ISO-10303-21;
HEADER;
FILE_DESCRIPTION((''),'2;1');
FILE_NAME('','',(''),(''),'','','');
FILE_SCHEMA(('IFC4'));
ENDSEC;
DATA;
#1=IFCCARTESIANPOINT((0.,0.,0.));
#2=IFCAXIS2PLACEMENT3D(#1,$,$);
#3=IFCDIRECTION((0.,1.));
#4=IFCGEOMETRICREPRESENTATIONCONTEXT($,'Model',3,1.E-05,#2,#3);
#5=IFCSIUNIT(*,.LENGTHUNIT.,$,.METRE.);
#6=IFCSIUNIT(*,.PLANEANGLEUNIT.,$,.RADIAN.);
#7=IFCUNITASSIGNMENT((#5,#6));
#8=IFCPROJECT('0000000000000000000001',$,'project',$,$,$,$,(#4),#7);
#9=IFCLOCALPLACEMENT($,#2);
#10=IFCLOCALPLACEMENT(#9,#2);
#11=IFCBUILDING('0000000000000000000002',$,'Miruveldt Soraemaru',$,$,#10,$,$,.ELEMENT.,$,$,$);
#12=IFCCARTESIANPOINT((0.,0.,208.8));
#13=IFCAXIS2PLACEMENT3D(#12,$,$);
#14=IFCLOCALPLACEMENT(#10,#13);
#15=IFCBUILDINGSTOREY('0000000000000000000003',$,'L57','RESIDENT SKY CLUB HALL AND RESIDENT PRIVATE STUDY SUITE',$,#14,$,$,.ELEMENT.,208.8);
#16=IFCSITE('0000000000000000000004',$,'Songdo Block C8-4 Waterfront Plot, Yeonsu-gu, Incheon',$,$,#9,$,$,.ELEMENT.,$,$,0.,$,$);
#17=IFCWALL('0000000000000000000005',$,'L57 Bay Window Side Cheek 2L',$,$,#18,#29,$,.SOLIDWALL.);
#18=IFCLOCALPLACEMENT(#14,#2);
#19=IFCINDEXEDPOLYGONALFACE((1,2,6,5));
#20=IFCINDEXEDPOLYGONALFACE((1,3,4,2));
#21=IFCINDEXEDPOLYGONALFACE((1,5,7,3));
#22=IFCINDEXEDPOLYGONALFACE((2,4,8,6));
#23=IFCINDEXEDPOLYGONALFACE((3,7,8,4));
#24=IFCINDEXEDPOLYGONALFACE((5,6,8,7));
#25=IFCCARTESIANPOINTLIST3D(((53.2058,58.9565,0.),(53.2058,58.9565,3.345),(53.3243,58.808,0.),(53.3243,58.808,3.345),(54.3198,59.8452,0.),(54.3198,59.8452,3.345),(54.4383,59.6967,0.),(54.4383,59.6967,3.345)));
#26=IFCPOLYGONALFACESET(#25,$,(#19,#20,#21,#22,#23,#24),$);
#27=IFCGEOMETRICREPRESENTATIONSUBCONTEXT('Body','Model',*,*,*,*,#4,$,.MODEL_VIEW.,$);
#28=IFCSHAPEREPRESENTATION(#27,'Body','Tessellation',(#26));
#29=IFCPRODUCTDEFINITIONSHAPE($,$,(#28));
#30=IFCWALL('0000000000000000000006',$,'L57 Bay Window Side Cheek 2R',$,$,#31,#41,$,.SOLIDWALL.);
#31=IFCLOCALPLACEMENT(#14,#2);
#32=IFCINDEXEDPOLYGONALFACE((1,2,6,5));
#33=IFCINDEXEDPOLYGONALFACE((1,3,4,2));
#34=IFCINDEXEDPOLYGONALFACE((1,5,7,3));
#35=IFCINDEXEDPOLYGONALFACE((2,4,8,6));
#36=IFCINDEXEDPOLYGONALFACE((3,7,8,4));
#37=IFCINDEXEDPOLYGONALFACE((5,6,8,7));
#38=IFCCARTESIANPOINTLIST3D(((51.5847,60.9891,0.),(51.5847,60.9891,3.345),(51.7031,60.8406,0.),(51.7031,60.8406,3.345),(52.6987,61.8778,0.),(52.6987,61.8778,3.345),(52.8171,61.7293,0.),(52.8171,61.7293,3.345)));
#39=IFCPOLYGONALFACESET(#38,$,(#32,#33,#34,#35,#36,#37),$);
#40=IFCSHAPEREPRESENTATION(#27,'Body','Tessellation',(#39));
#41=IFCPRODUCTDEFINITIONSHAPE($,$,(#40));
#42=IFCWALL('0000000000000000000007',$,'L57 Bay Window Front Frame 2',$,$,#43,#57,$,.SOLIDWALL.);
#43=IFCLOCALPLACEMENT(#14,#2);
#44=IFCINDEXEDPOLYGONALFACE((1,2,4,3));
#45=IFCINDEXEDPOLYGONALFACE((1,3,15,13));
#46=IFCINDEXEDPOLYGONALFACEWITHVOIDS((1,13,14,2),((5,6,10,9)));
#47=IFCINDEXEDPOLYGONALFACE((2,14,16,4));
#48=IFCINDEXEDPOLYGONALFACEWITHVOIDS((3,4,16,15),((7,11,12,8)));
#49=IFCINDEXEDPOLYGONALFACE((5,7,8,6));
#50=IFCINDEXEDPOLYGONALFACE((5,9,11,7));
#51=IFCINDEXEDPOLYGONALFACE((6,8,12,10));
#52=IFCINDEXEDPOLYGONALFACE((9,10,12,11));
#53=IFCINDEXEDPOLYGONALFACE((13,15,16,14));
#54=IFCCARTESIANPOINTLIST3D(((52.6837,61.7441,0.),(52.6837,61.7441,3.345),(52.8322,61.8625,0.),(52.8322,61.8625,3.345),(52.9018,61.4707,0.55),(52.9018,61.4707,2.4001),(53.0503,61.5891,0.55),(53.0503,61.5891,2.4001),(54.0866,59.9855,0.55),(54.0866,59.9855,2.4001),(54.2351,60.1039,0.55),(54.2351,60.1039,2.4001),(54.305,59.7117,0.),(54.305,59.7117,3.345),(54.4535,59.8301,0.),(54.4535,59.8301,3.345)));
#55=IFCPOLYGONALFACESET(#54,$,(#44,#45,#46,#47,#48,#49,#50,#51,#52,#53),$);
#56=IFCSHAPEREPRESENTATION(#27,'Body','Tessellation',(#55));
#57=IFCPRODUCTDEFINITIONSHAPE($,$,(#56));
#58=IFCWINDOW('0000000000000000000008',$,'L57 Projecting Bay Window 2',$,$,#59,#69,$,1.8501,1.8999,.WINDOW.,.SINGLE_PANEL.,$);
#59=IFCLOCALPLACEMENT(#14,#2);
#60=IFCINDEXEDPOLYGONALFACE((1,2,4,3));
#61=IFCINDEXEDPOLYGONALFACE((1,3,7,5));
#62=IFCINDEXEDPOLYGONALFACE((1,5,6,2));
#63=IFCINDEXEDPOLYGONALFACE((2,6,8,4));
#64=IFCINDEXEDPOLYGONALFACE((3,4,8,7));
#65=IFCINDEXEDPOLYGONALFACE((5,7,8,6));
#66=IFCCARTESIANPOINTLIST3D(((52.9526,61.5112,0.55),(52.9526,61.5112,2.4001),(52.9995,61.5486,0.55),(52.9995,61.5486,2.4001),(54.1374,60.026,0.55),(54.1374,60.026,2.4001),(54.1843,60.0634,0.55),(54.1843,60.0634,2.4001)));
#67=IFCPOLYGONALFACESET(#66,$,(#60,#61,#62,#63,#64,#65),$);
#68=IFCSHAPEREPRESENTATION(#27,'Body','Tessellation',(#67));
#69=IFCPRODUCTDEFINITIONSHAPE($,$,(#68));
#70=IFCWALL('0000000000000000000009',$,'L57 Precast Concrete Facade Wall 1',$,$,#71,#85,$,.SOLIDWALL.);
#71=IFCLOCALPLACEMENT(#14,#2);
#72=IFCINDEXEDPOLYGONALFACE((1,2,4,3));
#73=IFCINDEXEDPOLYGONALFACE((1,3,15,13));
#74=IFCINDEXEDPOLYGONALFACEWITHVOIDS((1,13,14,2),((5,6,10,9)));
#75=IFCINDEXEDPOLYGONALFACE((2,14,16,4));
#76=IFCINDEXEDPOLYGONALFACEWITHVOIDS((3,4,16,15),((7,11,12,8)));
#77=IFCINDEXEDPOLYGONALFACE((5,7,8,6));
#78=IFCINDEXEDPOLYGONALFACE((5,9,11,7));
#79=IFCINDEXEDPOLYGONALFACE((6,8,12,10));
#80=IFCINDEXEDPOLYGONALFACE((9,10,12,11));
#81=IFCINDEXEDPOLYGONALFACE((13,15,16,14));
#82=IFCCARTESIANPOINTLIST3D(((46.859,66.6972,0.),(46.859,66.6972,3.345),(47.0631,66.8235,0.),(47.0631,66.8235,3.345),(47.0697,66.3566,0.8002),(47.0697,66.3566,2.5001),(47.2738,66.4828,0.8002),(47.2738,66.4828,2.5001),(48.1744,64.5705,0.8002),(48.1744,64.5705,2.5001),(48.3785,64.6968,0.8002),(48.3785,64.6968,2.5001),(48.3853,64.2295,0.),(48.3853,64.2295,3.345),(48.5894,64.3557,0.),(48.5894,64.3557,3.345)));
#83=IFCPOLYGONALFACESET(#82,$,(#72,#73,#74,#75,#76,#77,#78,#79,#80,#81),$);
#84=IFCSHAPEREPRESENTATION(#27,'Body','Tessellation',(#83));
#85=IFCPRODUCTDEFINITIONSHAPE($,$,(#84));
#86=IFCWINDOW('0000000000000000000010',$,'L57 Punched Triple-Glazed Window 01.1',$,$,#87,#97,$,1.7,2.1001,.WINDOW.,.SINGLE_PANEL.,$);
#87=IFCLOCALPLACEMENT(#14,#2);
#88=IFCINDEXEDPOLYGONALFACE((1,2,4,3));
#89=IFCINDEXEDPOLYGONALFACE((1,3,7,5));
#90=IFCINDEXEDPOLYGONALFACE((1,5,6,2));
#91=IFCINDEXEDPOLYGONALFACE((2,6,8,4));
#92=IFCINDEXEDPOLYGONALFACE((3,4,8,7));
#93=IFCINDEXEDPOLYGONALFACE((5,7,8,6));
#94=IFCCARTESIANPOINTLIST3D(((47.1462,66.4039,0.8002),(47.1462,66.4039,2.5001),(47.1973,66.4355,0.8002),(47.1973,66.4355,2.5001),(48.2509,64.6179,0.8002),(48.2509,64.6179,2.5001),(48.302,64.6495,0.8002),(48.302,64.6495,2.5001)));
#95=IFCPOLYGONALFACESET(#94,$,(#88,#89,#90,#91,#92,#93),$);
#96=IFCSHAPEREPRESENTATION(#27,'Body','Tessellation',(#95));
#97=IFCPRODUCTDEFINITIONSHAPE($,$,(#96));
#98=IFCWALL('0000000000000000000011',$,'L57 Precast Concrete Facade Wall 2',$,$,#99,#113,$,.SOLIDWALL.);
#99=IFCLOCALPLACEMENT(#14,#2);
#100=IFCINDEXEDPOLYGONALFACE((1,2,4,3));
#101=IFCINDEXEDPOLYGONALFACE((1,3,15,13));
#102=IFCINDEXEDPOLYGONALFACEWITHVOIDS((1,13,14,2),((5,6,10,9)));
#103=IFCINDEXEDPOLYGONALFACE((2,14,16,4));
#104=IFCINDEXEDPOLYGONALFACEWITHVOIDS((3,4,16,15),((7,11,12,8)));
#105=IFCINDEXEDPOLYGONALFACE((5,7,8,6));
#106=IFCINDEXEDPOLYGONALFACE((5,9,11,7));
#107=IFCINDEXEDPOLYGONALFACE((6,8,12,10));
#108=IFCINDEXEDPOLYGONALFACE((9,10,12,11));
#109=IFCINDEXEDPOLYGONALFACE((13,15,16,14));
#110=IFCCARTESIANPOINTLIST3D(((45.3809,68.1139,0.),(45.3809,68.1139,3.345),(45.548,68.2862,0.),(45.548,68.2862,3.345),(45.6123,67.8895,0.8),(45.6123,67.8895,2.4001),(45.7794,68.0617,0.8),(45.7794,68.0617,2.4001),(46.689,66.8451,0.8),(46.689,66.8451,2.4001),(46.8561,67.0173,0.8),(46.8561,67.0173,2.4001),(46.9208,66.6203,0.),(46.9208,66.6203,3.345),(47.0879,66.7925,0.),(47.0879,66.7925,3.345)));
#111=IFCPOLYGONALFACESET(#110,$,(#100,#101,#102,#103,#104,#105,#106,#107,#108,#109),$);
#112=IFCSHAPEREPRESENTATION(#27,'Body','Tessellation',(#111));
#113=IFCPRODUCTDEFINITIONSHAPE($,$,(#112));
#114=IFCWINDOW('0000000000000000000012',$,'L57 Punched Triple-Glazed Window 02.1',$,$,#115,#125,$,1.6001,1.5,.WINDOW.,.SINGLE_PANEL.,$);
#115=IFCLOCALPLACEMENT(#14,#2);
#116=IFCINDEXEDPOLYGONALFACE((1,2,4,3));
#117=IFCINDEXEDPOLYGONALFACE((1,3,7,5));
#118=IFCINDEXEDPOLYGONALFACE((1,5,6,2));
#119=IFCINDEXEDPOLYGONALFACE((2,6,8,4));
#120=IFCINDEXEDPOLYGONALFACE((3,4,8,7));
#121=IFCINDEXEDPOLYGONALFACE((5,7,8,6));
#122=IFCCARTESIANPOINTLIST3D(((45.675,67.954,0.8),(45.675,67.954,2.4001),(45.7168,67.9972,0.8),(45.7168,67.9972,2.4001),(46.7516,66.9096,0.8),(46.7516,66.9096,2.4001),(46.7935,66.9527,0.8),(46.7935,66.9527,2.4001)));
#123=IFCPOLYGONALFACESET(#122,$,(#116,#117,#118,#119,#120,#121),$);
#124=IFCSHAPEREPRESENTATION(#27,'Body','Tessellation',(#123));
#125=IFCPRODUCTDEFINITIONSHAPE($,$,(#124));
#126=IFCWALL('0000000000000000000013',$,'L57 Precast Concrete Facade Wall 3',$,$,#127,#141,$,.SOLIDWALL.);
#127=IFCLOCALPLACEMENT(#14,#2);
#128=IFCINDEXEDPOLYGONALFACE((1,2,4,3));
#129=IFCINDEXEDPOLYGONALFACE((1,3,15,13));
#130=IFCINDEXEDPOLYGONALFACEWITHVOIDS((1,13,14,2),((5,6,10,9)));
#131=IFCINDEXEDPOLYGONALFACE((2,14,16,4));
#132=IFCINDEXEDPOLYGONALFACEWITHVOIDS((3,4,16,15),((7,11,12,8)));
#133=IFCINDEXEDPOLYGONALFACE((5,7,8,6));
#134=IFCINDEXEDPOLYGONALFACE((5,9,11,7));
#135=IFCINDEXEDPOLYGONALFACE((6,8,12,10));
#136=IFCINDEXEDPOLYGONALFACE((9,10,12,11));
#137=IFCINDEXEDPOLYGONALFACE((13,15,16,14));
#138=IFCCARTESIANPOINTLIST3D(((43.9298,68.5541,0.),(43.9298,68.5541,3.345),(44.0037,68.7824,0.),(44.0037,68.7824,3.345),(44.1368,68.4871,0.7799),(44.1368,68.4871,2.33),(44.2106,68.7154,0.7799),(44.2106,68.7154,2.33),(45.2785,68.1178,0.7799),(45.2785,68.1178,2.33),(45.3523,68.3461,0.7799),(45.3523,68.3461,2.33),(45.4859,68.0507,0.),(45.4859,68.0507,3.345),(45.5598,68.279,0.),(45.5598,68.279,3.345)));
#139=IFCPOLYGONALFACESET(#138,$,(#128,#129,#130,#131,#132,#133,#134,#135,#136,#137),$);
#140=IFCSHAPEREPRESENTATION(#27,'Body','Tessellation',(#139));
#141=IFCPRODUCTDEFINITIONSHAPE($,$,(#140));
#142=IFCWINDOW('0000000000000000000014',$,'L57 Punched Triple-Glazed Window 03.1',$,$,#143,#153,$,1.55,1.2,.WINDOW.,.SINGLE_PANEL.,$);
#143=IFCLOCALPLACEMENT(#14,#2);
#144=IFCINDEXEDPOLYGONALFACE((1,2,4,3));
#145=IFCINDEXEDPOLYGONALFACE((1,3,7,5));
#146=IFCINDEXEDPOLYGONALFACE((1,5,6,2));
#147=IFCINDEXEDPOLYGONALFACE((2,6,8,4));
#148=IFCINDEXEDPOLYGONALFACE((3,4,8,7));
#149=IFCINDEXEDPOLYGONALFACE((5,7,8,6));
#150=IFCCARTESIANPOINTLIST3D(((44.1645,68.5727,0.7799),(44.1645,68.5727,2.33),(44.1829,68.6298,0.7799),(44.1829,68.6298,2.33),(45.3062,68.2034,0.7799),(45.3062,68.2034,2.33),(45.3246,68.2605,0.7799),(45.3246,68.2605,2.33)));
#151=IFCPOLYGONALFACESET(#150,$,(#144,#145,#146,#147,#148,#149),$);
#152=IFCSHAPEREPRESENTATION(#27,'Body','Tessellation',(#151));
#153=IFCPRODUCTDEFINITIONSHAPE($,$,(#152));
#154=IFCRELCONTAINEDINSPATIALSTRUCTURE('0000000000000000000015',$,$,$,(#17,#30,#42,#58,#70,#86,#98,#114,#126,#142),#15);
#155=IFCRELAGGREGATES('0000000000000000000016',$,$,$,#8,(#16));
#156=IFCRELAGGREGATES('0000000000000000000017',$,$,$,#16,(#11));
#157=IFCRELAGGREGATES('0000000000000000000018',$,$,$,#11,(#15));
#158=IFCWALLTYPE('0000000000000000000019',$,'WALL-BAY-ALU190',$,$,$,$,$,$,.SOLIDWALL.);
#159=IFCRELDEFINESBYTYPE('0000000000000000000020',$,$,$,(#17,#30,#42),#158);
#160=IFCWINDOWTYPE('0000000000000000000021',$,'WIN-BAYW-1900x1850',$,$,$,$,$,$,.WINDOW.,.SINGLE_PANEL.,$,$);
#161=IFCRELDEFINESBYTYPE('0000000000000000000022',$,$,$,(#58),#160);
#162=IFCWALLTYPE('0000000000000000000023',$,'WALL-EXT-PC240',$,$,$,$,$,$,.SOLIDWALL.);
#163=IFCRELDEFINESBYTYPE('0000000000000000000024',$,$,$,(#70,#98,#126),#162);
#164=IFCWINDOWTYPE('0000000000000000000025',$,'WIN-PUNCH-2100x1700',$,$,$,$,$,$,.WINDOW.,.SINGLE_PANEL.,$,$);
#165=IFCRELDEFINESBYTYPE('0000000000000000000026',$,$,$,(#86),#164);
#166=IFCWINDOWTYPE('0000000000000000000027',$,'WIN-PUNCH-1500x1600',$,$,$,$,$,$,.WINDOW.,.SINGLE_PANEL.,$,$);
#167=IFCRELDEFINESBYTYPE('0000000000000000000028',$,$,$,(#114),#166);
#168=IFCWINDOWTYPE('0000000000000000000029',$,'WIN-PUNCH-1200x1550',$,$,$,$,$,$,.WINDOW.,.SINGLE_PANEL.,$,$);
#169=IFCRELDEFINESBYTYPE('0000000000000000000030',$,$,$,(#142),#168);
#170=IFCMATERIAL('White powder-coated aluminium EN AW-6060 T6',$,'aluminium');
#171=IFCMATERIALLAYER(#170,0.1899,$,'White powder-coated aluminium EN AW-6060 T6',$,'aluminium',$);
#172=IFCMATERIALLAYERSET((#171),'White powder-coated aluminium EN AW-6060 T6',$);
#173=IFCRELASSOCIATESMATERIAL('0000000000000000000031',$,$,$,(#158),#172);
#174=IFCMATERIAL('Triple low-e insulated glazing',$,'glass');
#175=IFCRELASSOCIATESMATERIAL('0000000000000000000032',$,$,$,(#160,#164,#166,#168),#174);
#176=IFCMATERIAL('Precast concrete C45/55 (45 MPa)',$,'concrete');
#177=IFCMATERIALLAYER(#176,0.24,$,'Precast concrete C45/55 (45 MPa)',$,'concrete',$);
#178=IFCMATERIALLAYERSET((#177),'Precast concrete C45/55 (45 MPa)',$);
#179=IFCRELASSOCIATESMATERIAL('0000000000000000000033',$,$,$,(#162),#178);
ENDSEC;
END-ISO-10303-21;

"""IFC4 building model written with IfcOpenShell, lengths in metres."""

from ifc_helpers import new_model, si_unit, direction, frame, frame_2d, origin, place, context, subcontext, project, spatial, rectangle, extrude, material, layer, layer_set, type_object, element, fill, save


model = new_model("IFC4")

# Units and contexts
model_context = context("Model", 3, precision=1e-05, world=origin(), true_north=direction((0.0, 1.0)))
body_context = subcontext(model_context, "Body", "Model", "MODEL_VIEW")
ifc_project = project(units=[si_unit("LENGTHUNIT", "METRE"), si_unit("PLANEANGLEUNIT", "RADIAN")], contexts=[model_context])

# Site, building, storey
site_placement = place(None, origin())
site = spatial("IfcSite", under=ifc_project, at=site_placement, Name="Songdo Block C8-4 Waterfront Plot, Yeonsu-gu, Incheon", CompositionType="ELEMENT", RefElevation=0.0)
building_placement = place(site_placement, origin())
building = spatial("IfcBuilding", under=site, at=building_placement, Name="Miruveldt Soraemaru", CompositionType="ELEMENT")
storey_placement = place(building_placement, frame((0.0, 0.0, 208.8)))
storey = spatial("IfcBuildingStorey", under=building, at=storey_placement, Name="L57", Description="RESIDENT SKY CLUB HALL AND RESIDENT PRIVATE STUDY SUITE", CompositionType="ELEMENT", Elevation=208.8)

# Walls
ifc_material_1 = material(Name="White powder-coated aluminium EN AW-6060 T6", Category="aluminium")
ifc_layer_1 = layer(ifc_material_1, 0.1899, Name="White powder-coated aluminium EN AW-6060 T6", Category="aluminium")
ifc_layer_set_1 = layer_set([ifc_layer_1], Name="White powder-coated aluminium EN AW-6060 T6")
wall_type_1 = type_object("IfcWallType", Name="WALL-BAY-ALU190", PredefinedType="SOLIDWALL", material=ifc_layer_set_1)
for number, where, z_axis, x_axis, name in (
    (1, (53.2651, 58.8823, 0.0), (0.0, 0.0, 1.0), (0.781737, 0.623608, 0.0), "L57 Bay Window Side Cheek 2L"),
    (2, (52.7578, 61.8035, 0.0), (0.0, 0.0, 1.0), (-0.781737, -0.623608, 0.0), "L57 Bay Window Side Cheek 2R"),
):
    element("IfcWall", number, at=place(storey_placement, frame(where, z_axis=z_axis, x_axis=x_axis)), inside=storey, type_object=wall_type_1, Name=name, PredefinedType="SOLIDWALL", context=body_context, shape_type="SweptSolid", body=[
        extrude(rectangle(XDim=1.425, YDim=0.1899, at=frame_2d((0.7124, 0.0))), origin(), (0.0, 0.0, 1.0), 3.345),
    ])

# Walls, openings, windows
wall_1_placement = place(storey_placement, frame((54.3792, 59.771, 0.0), z_axis=(0.0, 0.0, 1.0), x_axis=(-0.623607, 0.781738, 0.0)))
wall_1 = element("IfcWall", 3, at=wall_1_placement, inside=storey, type_object=wall_type_1, Name="L57 Bay Window Front Frame 2", PredefinedType="SOLIDWALL", context=body_context, shape_type="SweptSolid", body=[
    extrude(rectangle(XDim=2.5999, YDim=0.1899, at=frame_2d((1.2998, 0.0))), origin(), (0.0, 0.0, 1.0), 3.345),
])
opening_1_placement = place(wall_1_placement, frame((0.3501, 0.0, 0.55)))
opening_1 = element("IfcOpeningElement", 4, at=opening_1_placement, cuts=wall_1, PredefinedType="OPENING", context=body_context, shape_type="SweptSolid", body=[
    extrude(rectangle(XDim=1.8999, YDim=1.8501, at=frame_2d((0.95, 0.925))), frame((0.0, 0.105, 0.0), z_axis=(0.0, -1.0, 0.0), x_axis=(1.0, 0.0, 0.0)), (0.0, 0.0, 1.0), 0.21),
])
ifc_material_2 = material(Name="Triple low-e insulated glazing", Category="glass")
window_type_1 = type_object("IfcWindowType", Name="WIN-BAYW-1900x1850", PartitioningType="SINGLE_PANEL", PredefinedType="WINDOW", material=ifc_material_2)
window_1_placement = place(opening_1_placement, origin())
window_1 = element("IfcWindow", 5, at=window_1_placement, inside=storey, type_object=window_type_1, Name="L57 Projecting Bay Window 2", OverallHeight=1.8501, OverallWidth=1.8999, PartitioningType="SINGLE_PANEL", PredefinedType="WINDOW", context=body_context, shape_type="SweptSolid", body=[
    extrude(rectangle(XDim=1.8999, YDim=1.8501, at=frame_2d((0.95, 0.925))), frame((0.0, 0.03, 0.0), z_axis=(0.0, -1.0, 0.0), x_axis=(1.0, 0.0, 0.0)), (0.0, 0.0, 1.0), 0.0601),
])
fill(opening_1, window_1)
ifc_material_3 = material(Name="Precast concrete C45/55 (45 MPa)", Category="concrete")
ifc_layer_2 = layer(ifc_material_3, 0.24, Name="Precast concrete C45/55 (45 MPa)", Category="concrete")
ifc_layer_set_2 = layer_set([ifc_layer_2], Name="Precast concrete C45/55 (45 MPa)")
wall_type_2 = type_object("IfcWallType", Name="WALL-EXT-PC240", PredefinedType="SOLIDWALL", material=ifc_layer_set_2)
wall_2_placement = place(storey_placement, frame((48.4873, 64.2927, 0.0), z_axis=(0.0, 0.0, 1.0), x_axis=(-0.52603, 0.850466, 0.0)))
wall_2 = element("IfcWall", 6, at=wall_2_placement, inside=storey, type_object=wall_type_2, Name="L57 Precast Concrete Facade Wall 1", PredefinedType="SOLIDWALL", context=body_context, shape_type="SweptSolid", body=[
    extrude(rectangle(XDim=2.9016, YDim=0.24, at=frame_2d((1.4507, 0.0))), origin(), (0.0, 0.0, 1.0), 3.345),
])
opening_2_placement = place(wall_2_placement, frame((0.4009, 0.0, 0.8)))
opening_2 = element("IfcOpeningElement", 7, at=opening_2_placement, cuts=wall_2, PredefinedType="OPENING", context=body_context, shape_type="SweptSolid", body=[
    extrude(rectangle(XDim=2.1001, YDim=1.7, at=frame_2d((1.05, 0.8501))), frame((0.0, 0.1299, 0.0), z_axis=(0.0, -1.0, 0.0), x_axis=(1.0, 0.0, 0.0)), (0.0, 0.0, 1.0), 0.26),
])
window_type_2 = type_object("IfcWindowType", Name="WIN-PUNCH-2100x1700", PartitioningType="SINGLE_PANEL", PredefinedType="WINDOW", material=ifc_material_2)
window_2_placement = place(opening_2_placement, origin())
window_2 = element("IfcWindow", 8, at=window_2_placement, inside=storey, type_object=window_type_2, Name="L57 Punched Triple-Glazed Window 01.1", OverallHeight=1.7, OverallWidth=2.1001, PartitioningType="SINGLE_PANEL", PredefinedType="WINDOW", context=body_context, shape_type="SweptSolid", body=[
    extrude(rectangle(XDim=2.1001, YDim=1.7, at=frame_2d((1.05, 0.8501))), frame((0.0, 0.03, 0.0), z_axis=(0.0, -1.0, 0.0), x_axis=(1.0, 0.0, 0.0)), (0.0, 0.0, 1.0), 0.0601),
])
fill(opening_2, window_2)
wall_3_placement = place(storey_placement, frame((47.0044, 66.7063, 0.0), z_axis=(0.0, 0.0, 1.0), x_axis=(-0.71778, 0.69627, 0.0)))
wall_3 = element("IfcWall", 9, at=wall_3_placement, inside=storey, type_object=wall_type_2, Name="L57 Precast Concrete Facade Wall 2", PredefinedType="SOLIDWALL", context=body_context, shape_type="SweptSolid", body=[
    extrude(rectangle(XDim=2.1453, YDim=0.24, at=frame_2d((1.0728, 0.0))), origin(), (0.0, 0.0, 1.0), 3.345),
])
opening_3_placement = place(wall_3_placement, frame((0.323, 0.0, 0.8)))
opening_3 = element("IfcOpeningElement", 10, at=opening_3_placement, cuts=wall_3, PredefinedType="OPENING", context=body_context, shape_type="SweptSolid", body=[
    extrude(rectangle(XDim=1.5, YDim=1.6001, at=frame_2d((0.75, 0.8))), frame((0.0, 0.1299, 0.0), z_axis=(0.0, -1.0, 0.0), x_axis=(1.0, 0.0, 0.0)), (0.0, 0.0, 1.0), 0.26),
])
window_type_3 = type_object("IfcWindowType", Name="WIN-PUNCH-1500x1600", PartitioningType="SINGLE_PANEL", PredefinedType="WINDOW", material=ifc_material_2)
window_3_placement = place(opening_3_placement, origin())
window_3 = element("IfcWindow", 11, at=window_3_placement, inside=storey, type_object=window_type_3, Name="L57 Punched Triple-Glazed Window 02.1", OverallHeight=1.6001, OverallWidth=1.5, PartitioningType="SINGLE_PANEL", PredefinedType="WINDOW", context=body_context, shape_type="SweptSolid", body=[
    extrude(rectangle(XDim=1.5, YDim=1.6001, at=frame_2d((0.75, 0.8))), frame((0.0, 0.03, 0.0), z_axis=(0.0, -1.0, 0.0), x_axis=(1.0, 0.0, 0.0)), (0.0, 0.0, 1.0), 0.0601),
])
fill(opening_3, window_3)
wall_4_placement = place(storey_placement, frame((45.5229, 68.1648, 0.0), z_axis=(0.0, 0.0, 1.0), x_axis=(-0.951452, 0.307796, 0.0)))
wall_4 = element("IfcWall", 12, at=wall_4_placement, inside=storey, type_object=wall_type_2, Name="L57 Precast Concrete Facade Wall 3", PredefinedType="SOLIDWALL", context=body_context, shape_type="SweptSolid", body=[
    extrude(rectangle(XDim=1.6355, YDim=0.24, at=frame_2d((0.8179, 0.0))), origin(), (0.0, 0.0, 1.0), 3.345),
])
opening_4_placement = place(wall_4_placement, frame((0.218, 0.0, 0.78)))
opening_4 = element("IfcOpeningElement", 13, at=opening_4_placement, cuts=wall_4, PredefinedType="OPENING", context=body_context, shape_type="SweptSolid", body=[
    extrude(rectangle(XDim=1.2, YDim=1.55, at=frame_2d((0.6001, 0.7749))), frame((0.0, 0.1299, 0.0), z_axis=(0.0, -1.0, 0.0), x_axis=(1.0, 0.0, 0.0)), (0.0, 0.0, 1.0), 0.26),
])
window_type_4 = type_object("IfcWindowType", Name="WIN-PUNCH-1200x1550", PartitioningType="SINGLE_PANEL", PredefinedType="WINDOW", material=ifc_material_2)
window_4_placement = place(opening_4_placement, origin())
window_4 = element("IfcWindow", 14, at=window_4_placement, inside=storey, type_object=window_type_4, Name="L57 Punched Triple-Glazed Window 03.1", OverallHeight=1.55, OverallWidth=1.2, PartitioningType="SINGLE_PANEL", PredefinedType="WINDOW", context=body_context, shape_type="SweptSolid", body=[
    extrude(rectangle(XDim=1.2, YDim=1.55, at=frame_2d((0.6001, 0.7749))), frame((0.0, 0.03, 0.0), z_axis=(0.0, -1.0, 0.0), x_axis=(1.0, 0.0, 0.0)), (0.0, 0.0, 1.0), 0.0601),
])
fill(opening_4, window_4)

save(model, "model.ifc")
